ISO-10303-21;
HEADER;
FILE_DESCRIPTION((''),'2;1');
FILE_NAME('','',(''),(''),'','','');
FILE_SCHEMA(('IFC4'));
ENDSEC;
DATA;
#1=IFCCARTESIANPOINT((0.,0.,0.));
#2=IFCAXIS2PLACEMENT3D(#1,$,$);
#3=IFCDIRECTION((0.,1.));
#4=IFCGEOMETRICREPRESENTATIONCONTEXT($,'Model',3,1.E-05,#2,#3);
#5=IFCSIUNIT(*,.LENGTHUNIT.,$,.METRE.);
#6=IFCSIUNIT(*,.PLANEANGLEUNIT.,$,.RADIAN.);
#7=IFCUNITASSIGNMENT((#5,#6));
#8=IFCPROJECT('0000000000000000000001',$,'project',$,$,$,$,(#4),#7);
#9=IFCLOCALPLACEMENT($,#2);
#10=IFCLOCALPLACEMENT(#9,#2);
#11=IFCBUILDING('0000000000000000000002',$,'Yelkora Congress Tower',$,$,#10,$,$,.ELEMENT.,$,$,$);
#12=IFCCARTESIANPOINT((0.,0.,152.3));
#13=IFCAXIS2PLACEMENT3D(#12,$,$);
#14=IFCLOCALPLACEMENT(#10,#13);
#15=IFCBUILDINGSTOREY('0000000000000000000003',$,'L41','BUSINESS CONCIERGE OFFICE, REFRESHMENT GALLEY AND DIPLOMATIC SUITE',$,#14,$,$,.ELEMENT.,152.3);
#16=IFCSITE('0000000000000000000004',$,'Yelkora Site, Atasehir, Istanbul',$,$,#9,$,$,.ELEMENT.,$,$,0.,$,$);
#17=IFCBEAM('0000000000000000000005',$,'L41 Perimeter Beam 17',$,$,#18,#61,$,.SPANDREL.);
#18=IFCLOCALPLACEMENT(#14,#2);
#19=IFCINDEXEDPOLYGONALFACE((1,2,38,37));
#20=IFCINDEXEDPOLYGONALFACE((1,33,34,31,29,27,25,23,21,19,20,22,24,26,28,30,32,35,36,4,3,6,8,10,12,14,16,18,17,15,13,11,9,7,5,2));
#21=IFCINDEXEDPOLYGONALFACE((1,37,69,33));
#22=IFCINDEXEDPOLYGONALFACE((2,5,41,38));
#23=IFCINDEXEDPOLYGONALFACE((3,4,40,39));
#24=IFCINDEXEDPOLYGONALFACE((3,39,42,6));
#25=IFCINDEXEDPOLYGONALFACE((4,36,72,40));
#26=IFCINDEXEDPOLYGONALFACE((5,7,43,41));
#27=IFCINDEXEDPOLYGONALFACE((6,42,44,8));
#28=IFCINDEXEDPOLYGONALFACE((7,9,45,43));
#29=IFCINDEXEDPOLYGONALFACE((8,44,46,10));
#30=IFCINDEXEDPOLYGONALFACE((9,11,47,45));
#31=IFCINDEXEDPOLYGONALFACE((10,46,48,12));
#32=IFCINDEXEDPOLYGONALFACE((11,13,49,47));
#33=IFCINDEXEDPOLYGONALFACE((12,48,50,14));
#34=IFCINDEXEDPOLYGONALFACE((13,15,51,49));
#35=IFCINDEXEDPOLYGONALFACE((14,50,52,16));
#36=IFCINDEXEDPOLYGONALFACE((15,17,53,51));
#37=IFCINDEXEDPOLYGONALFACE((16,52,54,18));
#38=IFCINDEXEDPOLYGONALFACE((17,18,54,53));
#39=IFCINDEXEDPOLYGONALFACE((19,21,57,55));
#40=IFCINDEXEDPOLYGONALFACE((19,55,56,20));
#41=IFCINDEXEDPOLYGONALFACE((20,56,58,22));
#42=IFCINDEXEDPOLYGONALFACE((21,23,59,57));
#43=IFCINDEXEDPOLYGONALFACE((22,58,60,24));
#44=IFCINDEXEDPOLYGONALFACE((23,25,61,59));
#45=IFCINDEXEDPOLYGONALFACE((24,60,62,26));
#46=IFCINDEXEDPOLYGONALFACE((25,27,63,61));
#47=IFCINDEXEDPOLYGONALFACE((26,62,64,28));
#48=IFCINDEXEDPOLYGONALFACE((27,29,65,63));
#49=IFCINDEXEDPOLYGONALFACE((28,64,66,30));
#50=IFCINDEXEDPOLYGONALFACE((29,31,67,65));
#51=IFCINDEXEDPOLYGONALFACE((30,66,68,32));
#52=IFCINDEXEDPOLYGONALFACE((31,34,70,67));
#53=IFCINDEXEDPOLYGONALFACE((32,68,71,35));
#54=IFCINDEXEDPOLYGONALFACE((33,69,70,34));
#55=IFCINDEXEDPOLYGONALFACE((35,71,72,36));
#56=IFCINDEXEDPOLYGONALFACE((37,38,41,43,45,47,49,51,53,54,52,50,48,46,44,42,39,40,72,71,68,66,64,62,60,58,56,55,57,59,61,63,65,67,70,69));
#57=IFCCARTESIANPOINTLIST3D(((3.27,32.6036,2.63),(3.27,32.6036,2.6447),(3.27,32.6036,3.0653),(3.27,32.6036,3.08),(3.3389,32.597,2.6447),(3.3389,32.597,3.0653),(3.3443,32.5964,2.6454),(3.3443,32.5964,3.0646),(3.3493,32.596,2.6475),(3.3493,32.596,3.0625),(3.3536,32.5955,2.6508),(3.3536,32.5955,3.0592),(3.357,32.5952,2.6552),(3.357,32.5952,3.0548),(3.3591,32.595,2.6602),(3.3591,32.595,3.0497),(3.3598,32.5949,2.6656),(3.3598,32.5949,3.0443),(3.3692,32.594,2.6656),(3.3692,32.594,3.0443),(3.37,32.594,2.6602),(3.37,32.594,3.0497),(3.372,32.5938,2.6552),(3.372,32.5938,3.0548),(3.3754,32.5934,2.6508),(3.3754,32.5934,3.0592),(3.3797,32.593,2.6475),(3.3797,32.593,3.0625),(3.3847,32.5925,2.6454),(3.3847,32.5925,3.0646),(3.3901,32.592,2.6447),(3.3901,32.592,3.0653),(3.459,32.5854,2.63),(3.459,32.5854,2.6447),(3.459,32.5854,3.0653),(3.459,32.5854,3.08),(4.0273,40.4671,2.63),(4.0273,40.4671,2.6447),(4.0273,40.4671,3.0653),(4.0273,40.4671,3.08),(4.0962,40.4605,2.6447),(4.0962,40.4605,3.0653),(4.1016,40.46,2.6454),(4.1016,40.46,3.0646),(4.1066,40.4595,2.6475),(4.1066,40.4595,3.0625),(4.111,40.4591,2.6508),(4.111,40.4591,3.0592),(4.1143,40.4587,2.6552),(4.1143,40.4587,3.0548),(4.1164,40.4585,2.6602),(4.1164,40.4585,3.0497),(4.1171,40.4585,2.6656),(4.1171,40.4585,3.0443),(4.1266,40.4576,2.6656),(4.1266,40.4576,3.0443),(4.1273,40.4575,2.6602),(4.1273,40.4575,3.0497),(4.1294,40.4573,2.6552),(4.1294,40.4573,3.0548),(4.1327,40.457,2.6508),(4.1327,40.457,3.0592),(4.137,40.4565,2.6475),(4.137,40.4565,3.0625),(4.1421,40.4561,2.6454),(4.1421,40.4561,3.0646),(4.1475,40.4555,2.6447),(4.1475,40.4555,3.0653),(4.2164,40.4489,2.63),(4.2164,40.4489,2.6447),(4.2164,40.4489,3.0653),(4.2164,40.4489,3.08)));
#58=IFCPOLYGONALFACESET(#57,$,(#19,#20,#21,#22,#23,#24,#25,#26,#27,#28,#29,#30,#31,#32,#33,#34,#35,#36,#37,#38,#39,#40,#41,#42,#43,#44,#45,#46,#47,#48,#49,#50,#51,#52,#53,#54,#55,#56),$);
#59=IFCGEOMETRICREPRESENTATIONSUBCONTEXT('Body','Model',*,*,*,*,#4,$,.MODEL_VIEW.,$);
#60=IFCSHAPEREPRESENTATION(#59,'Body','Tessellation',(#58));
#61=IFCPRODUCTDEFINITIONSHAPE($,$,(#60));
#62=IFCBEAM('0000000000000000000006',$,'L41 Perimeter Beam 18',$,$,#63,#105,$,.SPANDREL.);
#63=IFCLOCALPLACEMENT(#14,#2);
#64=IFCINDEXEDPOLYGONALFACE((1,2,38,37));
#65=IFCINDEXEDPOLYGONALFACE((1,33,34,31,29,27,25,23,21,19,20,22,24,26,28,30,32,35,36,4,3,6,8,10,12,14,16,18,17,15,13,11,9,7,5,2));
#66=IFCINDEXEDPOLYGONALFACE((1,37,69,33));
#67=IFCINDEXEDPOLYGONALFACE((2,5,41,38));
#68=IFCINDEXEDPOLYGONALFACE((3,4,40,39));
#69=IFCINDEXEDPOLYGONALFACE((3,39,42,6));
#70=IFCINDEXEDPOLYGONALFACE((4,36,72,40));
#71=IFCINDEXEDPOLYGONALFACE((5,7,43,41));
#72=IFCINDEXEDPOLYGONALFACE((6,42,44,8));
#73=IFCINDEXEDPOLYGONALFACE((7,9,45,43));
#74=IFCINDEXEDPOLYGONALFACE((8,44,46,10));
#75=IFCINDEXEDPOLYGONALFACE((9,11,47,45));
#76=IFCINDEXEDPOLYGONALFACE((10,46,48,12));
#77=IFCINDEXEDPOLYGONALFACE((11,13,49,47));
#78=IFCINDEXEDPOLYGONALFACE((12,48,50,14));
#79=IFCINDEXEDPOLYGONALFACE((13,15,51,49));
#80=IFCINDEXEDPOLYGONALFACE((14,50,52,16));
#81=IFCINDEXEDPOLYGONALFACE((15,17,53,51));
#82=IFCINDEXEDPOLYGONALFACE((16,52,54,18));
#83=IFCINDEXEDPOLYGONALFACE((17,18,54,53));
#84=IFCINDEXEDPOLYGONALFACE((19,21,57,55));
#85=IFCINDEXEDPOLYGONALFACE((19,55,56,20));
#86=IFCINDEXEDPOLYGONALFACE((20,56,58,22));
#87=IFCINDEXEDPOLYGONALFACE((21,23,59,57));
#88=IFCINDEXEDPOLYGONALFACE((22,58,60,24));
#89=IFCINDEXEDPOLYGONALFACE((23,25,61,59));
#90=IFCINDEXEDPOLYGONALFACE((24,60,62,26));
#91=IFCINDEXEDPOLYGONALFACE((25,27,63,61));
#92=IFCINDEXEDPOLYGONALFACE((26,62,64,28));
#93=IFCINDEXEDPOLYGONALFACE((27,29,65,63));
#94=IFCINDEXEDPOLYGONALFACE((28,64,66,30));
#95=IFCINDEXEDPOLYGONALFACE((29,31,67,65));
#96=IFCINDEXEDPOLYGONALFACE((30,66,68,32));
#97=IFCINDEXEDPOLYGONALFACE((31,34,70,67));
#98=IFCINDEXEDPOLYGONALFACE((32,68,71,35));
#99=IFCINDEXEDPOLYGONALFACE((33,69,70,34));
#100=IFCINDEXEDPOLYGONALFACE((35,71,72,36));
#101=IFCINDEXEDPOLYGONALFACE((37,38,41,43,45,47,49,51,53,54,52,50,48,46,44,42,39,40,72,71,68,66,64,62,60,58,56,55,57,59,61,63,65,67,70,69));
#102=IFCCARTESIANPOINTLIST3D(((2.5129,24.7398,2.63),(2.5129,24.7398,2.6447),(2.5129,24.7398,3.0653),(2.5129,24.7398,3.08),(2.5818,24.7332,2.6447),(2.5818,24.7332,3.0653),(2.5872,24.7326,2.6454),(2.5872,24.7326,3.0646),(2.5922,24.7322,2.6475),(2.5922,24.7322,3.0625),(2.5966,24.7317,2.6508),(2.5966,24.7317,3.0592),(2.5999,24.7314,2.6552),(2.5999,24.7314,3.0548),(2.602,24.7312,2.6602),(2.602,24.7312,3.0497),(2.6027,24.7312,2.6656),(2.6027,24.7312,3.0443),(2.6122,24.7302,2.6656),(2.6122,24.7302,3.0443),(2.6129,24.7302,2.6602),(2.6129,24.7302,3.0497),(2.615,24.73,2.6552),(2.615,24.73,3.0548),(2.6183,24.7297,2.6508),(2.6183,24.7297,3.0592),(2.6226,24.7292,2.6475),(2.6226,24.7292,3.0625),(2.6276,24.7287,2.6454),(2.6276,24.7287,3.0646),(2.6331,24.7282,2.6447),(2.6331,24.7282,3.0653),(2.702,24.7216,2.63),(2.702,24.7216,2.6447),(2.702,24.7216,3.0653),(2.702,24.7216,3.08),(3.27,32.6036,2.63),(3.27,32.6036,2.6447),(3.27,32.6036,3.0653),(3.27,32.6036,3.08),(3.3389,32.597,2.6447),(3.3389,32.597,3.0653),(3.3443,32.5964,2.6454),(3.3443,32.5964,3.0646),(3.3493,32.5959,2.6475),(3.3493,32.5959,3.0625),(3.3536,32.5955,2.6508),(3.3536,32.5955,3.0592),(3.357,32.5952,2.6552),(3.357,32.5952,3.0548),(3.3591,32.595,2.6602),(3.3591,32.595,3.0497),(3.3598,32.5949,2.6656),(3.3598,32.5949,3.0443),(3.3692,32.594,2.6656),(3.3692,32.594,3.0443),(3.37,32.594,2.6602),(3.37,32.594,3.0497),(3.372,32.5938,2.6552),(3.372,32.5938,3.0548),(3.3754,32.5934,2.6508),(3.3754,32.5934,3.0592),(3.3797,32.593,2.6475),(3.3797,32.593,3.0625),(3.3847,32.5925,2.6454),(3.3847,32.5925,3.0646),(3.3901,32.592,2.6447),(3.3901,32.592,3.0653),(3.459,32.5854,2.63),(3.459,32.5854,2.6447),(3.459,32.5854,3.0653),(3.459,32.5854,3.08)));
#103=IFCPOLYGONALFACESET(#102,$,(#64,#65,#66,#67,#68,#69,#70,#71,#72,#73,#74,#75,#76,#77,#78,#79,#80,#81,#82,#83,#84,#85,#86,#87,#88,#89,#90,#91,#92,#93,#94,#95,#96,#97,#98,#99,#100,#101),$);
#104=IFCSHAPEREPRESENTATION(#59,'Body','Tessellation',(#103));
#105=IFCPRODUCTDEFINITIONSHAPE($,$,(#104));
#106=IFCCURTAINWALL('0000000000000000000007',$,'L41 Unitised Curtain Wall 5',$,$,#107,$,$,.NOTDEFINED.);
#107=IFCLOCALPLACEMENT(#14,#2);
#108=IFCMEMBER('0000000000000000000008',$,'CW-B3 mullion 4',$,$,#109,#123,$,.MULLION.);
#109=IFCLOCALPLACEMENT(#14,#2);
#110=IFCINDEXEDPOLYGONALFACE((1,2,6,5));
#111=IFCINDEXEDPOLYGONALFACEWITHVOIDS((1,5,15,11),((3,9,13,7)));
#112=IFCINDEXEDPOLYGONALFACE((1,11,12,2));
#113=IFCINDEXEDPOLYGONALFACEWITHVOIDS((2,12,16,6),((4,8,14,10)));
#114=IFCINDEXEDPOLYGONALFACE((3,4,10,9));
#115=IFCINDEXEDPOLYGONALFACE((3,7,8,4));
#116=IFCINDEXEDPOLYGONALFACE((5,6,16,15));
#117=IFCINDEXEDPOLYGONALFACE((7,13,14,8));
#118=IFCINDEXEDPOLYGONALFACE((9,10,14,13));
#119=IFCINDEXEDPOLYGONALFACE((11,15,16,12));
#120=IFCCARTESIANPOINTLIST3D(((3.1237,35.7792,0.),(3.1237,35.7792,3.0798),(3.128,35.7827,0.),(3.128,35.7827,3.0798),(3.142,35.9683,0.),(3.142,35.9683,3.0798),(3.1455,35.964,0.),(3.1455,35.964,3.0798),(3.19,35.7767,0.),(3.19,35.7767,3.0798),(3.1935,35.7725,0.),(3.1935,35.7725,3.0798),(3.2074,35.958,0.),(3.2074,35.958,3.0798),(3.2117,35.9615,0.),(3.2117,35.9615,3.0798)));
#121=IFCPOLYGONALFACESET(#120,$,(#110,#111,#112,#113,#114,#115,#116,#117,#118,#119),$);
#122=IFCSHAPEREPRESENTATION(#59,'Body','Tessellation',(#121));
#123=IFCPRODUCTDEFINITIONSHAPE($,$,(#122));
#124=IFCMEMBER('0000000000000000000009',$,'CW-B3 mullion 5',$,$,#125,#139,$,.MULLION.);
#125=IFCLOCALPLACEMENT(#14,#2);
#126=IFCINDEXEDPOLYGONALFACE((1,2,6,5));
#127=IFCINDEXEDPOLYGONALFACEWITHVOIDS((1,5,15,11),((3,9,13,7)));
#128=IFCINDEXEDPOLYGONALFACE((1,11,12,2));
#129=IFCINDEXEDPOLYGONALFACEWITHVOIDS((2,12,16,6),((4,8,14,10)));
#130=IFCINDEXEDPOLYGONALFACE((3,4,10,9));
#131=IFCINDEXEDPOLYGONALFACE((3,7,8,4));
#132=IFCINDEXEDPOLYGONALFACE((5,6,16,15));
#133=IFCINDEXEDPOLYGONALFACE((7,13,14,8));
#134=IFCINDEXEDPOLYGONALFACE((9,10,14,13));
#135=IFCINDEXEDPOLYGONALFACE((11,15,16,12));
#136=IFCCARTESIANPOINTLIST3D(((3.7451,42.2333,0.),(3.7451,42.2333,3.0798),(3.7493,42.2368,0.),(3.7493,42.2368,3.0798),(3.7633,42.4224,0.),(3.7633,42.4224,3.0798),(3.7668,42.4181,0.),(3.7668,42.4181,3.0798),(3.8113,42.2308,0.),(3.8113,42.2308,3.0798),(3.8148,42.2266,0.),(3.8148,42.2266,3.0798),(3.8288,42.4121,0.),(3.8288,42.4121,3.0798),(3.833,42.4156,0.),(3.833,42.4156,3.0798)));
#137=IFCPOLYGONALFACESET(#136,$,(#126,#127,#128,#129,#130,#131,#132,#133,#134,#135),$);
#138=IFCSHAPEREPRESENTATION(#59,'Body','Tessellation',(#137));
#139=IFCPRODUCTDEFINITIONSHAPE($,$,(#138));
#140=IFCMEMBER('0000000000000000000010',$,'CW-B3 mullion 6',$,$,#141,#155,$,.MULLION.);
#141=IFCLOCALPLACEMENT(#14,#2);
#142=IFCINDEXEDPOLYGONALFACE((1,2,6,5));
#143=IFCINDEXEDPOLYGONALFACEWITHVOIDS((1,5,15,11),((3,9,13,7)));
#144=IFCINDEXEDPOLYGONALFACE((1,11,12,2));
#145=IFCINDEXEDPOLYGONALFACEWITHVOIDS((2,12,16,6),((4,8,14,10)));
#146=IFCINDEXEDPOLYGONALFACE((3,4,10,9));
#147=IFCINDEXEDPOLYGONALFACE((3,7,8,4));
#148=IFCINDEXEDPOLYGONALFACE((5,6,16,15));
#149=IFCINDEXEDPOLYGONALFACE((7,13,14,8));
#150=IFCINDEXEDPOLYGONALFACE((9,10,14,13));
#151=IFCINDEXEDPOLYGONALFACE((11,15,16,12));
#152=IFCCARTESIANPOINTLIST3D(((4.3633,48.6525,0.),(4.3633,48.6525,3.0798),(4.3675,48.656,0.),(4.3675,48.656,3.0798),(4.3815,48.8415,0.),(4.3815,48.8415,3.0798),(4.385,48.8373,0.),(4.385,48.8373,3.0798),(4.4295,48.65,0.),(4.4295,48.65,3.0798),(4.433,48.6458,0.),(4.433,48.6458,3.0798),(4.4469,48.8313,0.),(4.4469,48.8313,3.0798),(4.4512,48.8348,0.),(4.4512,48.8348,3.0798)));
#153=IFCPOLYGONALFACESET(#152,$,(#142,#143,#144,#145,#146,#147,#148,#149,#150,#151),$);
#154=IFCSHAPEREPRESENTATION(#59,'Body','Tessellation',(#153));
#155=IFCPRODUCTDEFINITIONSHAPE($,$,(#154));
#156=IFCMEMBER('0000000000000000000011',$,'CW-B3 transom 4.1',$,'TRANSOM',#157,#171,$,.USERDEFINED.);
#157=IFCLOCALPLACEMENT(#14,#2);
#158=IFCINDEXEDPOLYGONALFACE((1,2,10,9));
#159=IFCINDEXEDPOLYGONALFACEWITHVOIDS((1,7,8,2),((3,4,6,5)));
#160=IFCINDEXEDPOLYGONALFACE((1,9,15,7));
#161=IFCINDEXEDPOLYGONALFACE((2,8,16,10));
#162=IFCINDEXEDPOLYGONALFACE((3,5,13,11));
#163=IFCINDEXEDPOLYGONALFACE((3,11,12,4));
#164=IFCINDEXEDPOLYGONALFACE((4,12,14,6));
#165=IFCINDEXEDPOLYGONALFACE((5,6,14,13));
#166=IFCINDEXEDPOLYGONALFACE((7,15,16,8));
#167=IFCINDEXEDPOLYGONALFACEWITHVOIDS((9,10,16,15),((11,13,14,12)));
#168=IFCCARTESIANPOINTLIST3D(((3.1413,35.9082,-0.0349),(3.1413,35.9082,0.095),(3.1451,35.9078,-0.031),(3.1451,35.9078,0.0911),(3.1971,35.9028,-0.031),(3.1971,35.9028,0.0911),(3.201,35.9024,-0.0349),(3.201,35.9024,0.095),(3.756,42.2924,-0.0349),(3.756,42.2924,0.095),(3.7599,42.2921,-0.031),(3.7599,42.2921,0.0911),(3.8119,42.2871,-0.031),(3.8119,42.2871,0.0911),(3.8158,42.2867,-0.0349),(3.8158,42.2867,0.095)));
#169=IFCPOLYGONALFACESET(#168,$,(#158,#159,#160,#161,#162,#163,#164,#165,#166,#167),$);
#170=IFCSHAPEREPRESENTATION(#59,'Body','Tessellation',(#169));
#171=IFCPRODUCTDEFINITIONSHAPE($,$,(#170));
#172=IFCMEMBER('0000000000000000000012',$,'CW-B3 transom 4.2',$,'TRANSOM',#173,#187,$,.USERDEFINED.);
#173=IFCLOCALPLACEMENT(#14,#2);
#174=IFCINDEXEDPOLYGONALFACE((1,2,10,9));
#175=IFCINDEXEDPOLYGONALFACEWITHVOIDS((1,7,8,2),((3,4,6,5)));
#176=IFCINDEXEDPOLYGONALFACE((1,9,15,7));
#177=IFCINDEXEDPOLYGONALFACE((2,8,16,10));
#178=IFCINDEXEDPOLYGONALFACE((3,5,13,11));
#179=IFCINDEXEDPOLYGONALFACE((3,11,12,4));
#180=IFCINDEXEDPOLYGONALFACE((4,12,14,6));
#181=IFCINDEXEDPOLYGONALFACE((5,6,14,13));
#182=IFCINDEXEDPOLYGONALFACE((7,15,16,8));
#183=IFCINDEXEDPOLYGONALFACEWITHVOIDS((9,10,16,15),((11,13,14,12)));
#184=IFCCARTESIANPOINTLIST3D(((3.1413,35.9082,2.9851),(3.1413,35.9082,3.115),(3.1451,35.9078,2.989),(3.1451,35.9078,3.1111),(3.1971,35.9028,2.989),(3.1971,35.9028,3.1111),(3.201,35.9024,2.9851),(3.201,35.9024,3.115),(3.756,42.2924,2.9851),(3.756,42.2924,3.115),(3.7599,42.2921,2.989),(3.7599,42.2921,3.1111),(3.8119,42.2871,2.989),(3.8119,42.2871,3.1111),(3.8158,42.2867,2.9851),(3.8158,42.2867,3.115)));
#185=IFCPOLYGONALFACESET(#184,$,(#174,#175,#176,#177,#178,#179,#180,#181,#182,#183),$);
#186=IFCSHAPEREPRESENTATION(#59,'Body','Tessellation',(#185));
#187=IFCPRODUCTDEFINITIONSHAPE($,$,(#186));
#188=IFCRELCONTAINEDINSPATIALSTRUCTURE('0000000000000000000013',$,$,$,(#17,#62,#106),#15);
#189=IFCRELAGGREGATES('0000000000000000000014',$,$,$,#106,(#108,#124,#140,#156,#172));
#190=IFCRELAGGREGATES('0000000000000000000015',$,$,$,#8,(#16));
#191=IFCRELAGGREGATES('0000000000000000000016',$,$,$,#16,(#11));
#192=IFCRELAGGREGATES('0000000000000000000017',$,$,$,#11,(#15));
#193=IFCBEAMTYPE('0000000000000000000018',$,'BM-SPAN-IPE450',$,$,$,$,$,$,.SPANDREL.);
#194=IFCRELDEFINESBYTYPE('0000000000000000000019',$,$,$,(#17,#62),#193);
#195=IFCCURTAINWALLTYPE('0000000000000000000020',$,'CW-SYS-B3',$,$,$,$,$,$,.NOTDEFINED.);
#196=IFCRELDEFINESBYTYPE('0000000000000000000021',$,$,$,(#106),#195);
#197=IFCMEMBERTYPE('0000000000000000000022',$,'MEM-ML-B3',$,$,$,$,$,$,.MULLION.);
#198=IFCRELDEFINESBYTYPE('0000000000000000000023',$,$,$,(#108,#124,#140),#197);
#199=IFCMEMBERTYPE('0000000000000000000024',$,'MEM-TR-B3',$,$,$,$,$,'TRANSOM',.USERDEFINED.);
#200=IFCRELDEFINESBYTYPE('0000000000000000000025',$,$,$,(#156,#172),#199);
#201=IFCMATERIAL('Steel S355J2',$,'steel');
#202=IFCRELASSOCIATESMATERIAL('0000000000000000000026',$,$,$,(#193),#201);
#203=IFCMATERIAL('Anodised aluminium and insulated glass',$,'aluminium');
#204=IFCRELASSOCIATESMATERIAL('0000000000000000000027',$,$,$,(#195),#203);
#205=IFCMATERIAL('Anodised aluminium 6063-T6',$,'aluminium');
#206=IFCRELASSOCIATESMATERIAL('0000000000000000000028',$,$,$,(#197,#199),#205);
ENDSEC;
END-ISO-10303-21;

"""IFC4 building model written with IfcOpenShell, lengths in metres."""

from ifc_helpers import new_model, si_unit, direction, frame, origin, origin_2d, place, context, subcontext, project, spatial, hollow_rectangle, i_section, extrude, material, material_profile, profile_set, type_object, element, aggregate, save


model = new_model("IFC4")

# Units and contexts
model_context = context("Model", 3, precision=1e-05, world=origin(), true_north=direction((0.0, 1.0)))
body_context = subcontext(model_context, "Body", "Model", "MODEL_VIEW")
ifc_project = project(units=[si_unit("LENGTHUNIT", "METRE"), si_unit("PLANEANGLEUNIT", "RADIAN")], contexts=[model_context])

# Site, building, storey
site_placement = place(None, origin())
site = spatial("IfcSite", under=ifc_project, at=site_placement, Name="Yelkora Site, Atasehir, Istanbul", CompositionType="ELEMENT", RefElevation=0.0)
building_placement = place(site_placement, origin())
building = spatial("IfcBuilding", under=site, at=building_placement, Name="Yelkora Congress Tower", CompositionType="ELEMENT")
storey_placement = place(building_placement, frame((0.0, 0.0, 152.3)))
storey = spatial("IfcBuildingStorey", under=building, at=storey_placement, Name="L41", Description="BUSINESS CONCIERGE OFFICE, REFRESHMENT GALLEY AND DIPLOMATIC SUITE", CompositionType="ELEMENT", Elevation=152.3)

# Beams
ifc_material_1 = material(Name="Steel S355J2", Category="steel")
ifc_material_profile_1 = material_profile(ifc_material_1, i_section(OverallWidth=0.1899, OverallDepth=0.45, WebThickness=0.0095, FlangeThickness=0.0146, FilletRadius=0.021, at=origin_2d()), Name="IPE 450")
ifc_profile_set_1 = profile_set([ifc_material_profile_1], Name="Steel S355J2")
beam_type_1 = type_object("IfcBeamType", Name="BM-SPAN-IPE450", PredefinedType="SPANDREL", material=ifc_profile_set_1)
beam_1_placement = place(storey_placement, frame((4.1218, 40.458, 2.855), z_axis=(-0.095865, -0.995394, 0.0), x_axis=(0.995394, -0.095865, 0.0)))
element("IfcBeam", 1, at=beam_1_placement, inside=storey, type_object=beam_type_1, Name="L41 Perimeter Beam 17", PredefinedType="SPANDREL", context=body_context, shape_type="SweptSolid", body=[
    extrude(i_section(OverallWidth=0.1899, OverallDepth=0.45, WebThickness=0.0095, FlangeThickness=0.0146, FilletRadius=0.021, at=origin_2d()), origin(), (0.0, 0.0, 1.0), 7.8999),
])
beam_2_placement = place(storey_placement, frame((3.3645, 32.5945, 2.855), z_axis=(-0.095831, -0.995398, 0.0), x_axis=(0.995398, -0.095831, 0.0)))
element("IfcBeam", 2, at=beam_2_placement, inside=storey, type_object=beam_type_1, Name="L41 Perimeter Beam 18", PredefinedType="SPANDREL", context=body_context, shape_type="SweptSolid", body=[
    extrude(i_section(OverallWidth=0.1899, OverallDepth=0.45, WebThickness=0.0095, FlangeThickness=0.0146, FilletRadius=0.021, at=origin_2d()), origin(), (0.0, 0.0, 1.0), 7.9001),
])

# Curtain wall, members
ifc_material_2 = material(Name="Anodised aluminium and insulated glass", Category="aluminium")
curtain_wall_type = type_object("IfcCurtainWallType", Name="CW-SYS-B3", PredefinedType="NOTDEFINED", material=ifc_material_2)
curtain_wall_placement = place(storey_placement, origin())
curtain_wall = element("IfcCurtainWall", 3, at=curtain_wall_placement, inside=storey, type_object=curtain_wall_type, Name="L41 Unitised Curtain Wall 5", PredefinedType="NOTDEFINED")
ifc_material_3 = material(Name="Anodised aluminium 6063-T6", Category="aluminium")
ifc_material_profile_2 = material_profile(ifc_material_3, hollow_rectangle(XDim=0.0701, YDim=0.1899, WallThickness=0.0039, at=origin_2d()), Name="ALU 70x190x4")
ifc_profile_set_2 = profile_set([ifc_material_profile_2], Name="Anodised aluminium 6063-T6")
member_type_1 = type_object("IfcMemberType", Name="MEM-ML-B3", PredefinedType="MULLION", material=ifc_profile_set_2)
member_1_placement = place(storey_placement, frame((3.1677, 35.8704, 0.0), z_axis=(0.0, 0.0, 1.0), x_axis=(-0.995396, 0.095845, 0.0)))
member_1 = element("IfcMember", 4, at=member_1_placement, type_object=member_type_1, Name="CW-B3 mullion 4", PredefinedType="MULLION", context=body_context, shape_type="SweptSolid", body=[
    extrude(hollow_rectangle(XDim=0.0701, YDim=0.1899, WallThickness=0.0039, at=origin_2d()), origin(), (0.0, 0.0, 1.0), 3.0798),
])
member_2_placement = place(storey_placement, frame((3.7891, 42.3245, 0.0), z_axis=(0.0, 0.0, 1.0), x_axis=(-0.995396, 0.095845, 0.0)))
member_2 = element("IfcMember", 5, at=member_2_placement, type_object=member_type_1, Name="CW-B3 mullion 5", PredefinedType="MULLION", context=body_context, shape_type="SweptSolid", body=[
    extrude(hollow_rectangle(XDim=0.0701, YDim=0.1899, WallThickness=0.0039, at=origin_2d()), origin(), (0.0, 0.0, 1.0), 3.0798),
])
member_3_placement = place(storey_placement, frame((4.4072, 48.7437, 0.0), z_axis=(0.0, 0.0, 1.0), x_axis=(-0.995396, 0.095845, 0.0)))
member_3 = element("IfcMember", 6, at=member_3_placement, type_object=member_type_1, Name="CW-B3 mullion 6", PredefinedType="MULLION", context=body_context, shape_type="SweptSolid", body=[
    extrude(hollow_rectangle(XDim=0.0701, YDim=0.1899, WallThickness=0.0039, at=origin_2d()), origin(), (0.0, 0.0, 1.0), 3.0798),
])
ifc_material_profile_3 = material_profile(ifc_material_3, hollow_rectangle(XDim=0.0601, YDim=0.1299, WallThickness=0.0039, at=origin_2d()), Name="ALU 60x130x4")
ifc_profile_set_3 = profile_set([ifc_material_profile_3], Name="Anodised aluminium 6063-T6")
member_type_2 = type_object("IfcMemberType", Name="MEM-TR-B3", ElementType="TRANSOM", PredefinedType="USERDEFINED", material=ifc_profile_set_3)
member_4_placement = place(storey_placement, frame((3.1711, 35.9053, 0.03), z_axis=(0.095847, 0.995396, 0.0), x_axis=(-0.995396, 0.095847, 0.0)))
member_4 = element("IfcMember", 7, at=member_4_placement, type_object=member_type_2, Name="CW-B3 transom 4.1", ObjectType="TRANSOM", PredefinedType="USERDEFINED", context=body_context, shape_type="SweptSolid", body=[
    extrude(hollow_rectangle(XDim=0.0601, YDim=0.1299, WallThickness=0.0039, at=origin_2d()), origin(), (0.0, 0.0, 1.0), 6.4138),
])
member_5_placement = place(storey_placement, frame((3.1711, 35.9053, 3.05), z_axis=(0.095847, 0.995396, 0.0), x_axis=(-0.995396, 0.095847, 0.0)))
member_5 = element("IfcMember", 8, at=member_5_placement, type_object=member_type_2, Name="CW-B3 transom 4.2", ObjectType="TRANSOM", PredefinedType="USERDEFINED", context=body_context, shape_type="SweptSolid", body=[
    extrude(hollow_rectangle(XDim=0.0601, YDim=0.1299, WallThickness=0.0039, at=origin_2d()), origin(), (0.0, 0.0, 1.0), 6.4138),
])
aggregate(curtain_wall, [member_1, member_2, member_3, member_4, member_5])

save(model, "model.ifc")
